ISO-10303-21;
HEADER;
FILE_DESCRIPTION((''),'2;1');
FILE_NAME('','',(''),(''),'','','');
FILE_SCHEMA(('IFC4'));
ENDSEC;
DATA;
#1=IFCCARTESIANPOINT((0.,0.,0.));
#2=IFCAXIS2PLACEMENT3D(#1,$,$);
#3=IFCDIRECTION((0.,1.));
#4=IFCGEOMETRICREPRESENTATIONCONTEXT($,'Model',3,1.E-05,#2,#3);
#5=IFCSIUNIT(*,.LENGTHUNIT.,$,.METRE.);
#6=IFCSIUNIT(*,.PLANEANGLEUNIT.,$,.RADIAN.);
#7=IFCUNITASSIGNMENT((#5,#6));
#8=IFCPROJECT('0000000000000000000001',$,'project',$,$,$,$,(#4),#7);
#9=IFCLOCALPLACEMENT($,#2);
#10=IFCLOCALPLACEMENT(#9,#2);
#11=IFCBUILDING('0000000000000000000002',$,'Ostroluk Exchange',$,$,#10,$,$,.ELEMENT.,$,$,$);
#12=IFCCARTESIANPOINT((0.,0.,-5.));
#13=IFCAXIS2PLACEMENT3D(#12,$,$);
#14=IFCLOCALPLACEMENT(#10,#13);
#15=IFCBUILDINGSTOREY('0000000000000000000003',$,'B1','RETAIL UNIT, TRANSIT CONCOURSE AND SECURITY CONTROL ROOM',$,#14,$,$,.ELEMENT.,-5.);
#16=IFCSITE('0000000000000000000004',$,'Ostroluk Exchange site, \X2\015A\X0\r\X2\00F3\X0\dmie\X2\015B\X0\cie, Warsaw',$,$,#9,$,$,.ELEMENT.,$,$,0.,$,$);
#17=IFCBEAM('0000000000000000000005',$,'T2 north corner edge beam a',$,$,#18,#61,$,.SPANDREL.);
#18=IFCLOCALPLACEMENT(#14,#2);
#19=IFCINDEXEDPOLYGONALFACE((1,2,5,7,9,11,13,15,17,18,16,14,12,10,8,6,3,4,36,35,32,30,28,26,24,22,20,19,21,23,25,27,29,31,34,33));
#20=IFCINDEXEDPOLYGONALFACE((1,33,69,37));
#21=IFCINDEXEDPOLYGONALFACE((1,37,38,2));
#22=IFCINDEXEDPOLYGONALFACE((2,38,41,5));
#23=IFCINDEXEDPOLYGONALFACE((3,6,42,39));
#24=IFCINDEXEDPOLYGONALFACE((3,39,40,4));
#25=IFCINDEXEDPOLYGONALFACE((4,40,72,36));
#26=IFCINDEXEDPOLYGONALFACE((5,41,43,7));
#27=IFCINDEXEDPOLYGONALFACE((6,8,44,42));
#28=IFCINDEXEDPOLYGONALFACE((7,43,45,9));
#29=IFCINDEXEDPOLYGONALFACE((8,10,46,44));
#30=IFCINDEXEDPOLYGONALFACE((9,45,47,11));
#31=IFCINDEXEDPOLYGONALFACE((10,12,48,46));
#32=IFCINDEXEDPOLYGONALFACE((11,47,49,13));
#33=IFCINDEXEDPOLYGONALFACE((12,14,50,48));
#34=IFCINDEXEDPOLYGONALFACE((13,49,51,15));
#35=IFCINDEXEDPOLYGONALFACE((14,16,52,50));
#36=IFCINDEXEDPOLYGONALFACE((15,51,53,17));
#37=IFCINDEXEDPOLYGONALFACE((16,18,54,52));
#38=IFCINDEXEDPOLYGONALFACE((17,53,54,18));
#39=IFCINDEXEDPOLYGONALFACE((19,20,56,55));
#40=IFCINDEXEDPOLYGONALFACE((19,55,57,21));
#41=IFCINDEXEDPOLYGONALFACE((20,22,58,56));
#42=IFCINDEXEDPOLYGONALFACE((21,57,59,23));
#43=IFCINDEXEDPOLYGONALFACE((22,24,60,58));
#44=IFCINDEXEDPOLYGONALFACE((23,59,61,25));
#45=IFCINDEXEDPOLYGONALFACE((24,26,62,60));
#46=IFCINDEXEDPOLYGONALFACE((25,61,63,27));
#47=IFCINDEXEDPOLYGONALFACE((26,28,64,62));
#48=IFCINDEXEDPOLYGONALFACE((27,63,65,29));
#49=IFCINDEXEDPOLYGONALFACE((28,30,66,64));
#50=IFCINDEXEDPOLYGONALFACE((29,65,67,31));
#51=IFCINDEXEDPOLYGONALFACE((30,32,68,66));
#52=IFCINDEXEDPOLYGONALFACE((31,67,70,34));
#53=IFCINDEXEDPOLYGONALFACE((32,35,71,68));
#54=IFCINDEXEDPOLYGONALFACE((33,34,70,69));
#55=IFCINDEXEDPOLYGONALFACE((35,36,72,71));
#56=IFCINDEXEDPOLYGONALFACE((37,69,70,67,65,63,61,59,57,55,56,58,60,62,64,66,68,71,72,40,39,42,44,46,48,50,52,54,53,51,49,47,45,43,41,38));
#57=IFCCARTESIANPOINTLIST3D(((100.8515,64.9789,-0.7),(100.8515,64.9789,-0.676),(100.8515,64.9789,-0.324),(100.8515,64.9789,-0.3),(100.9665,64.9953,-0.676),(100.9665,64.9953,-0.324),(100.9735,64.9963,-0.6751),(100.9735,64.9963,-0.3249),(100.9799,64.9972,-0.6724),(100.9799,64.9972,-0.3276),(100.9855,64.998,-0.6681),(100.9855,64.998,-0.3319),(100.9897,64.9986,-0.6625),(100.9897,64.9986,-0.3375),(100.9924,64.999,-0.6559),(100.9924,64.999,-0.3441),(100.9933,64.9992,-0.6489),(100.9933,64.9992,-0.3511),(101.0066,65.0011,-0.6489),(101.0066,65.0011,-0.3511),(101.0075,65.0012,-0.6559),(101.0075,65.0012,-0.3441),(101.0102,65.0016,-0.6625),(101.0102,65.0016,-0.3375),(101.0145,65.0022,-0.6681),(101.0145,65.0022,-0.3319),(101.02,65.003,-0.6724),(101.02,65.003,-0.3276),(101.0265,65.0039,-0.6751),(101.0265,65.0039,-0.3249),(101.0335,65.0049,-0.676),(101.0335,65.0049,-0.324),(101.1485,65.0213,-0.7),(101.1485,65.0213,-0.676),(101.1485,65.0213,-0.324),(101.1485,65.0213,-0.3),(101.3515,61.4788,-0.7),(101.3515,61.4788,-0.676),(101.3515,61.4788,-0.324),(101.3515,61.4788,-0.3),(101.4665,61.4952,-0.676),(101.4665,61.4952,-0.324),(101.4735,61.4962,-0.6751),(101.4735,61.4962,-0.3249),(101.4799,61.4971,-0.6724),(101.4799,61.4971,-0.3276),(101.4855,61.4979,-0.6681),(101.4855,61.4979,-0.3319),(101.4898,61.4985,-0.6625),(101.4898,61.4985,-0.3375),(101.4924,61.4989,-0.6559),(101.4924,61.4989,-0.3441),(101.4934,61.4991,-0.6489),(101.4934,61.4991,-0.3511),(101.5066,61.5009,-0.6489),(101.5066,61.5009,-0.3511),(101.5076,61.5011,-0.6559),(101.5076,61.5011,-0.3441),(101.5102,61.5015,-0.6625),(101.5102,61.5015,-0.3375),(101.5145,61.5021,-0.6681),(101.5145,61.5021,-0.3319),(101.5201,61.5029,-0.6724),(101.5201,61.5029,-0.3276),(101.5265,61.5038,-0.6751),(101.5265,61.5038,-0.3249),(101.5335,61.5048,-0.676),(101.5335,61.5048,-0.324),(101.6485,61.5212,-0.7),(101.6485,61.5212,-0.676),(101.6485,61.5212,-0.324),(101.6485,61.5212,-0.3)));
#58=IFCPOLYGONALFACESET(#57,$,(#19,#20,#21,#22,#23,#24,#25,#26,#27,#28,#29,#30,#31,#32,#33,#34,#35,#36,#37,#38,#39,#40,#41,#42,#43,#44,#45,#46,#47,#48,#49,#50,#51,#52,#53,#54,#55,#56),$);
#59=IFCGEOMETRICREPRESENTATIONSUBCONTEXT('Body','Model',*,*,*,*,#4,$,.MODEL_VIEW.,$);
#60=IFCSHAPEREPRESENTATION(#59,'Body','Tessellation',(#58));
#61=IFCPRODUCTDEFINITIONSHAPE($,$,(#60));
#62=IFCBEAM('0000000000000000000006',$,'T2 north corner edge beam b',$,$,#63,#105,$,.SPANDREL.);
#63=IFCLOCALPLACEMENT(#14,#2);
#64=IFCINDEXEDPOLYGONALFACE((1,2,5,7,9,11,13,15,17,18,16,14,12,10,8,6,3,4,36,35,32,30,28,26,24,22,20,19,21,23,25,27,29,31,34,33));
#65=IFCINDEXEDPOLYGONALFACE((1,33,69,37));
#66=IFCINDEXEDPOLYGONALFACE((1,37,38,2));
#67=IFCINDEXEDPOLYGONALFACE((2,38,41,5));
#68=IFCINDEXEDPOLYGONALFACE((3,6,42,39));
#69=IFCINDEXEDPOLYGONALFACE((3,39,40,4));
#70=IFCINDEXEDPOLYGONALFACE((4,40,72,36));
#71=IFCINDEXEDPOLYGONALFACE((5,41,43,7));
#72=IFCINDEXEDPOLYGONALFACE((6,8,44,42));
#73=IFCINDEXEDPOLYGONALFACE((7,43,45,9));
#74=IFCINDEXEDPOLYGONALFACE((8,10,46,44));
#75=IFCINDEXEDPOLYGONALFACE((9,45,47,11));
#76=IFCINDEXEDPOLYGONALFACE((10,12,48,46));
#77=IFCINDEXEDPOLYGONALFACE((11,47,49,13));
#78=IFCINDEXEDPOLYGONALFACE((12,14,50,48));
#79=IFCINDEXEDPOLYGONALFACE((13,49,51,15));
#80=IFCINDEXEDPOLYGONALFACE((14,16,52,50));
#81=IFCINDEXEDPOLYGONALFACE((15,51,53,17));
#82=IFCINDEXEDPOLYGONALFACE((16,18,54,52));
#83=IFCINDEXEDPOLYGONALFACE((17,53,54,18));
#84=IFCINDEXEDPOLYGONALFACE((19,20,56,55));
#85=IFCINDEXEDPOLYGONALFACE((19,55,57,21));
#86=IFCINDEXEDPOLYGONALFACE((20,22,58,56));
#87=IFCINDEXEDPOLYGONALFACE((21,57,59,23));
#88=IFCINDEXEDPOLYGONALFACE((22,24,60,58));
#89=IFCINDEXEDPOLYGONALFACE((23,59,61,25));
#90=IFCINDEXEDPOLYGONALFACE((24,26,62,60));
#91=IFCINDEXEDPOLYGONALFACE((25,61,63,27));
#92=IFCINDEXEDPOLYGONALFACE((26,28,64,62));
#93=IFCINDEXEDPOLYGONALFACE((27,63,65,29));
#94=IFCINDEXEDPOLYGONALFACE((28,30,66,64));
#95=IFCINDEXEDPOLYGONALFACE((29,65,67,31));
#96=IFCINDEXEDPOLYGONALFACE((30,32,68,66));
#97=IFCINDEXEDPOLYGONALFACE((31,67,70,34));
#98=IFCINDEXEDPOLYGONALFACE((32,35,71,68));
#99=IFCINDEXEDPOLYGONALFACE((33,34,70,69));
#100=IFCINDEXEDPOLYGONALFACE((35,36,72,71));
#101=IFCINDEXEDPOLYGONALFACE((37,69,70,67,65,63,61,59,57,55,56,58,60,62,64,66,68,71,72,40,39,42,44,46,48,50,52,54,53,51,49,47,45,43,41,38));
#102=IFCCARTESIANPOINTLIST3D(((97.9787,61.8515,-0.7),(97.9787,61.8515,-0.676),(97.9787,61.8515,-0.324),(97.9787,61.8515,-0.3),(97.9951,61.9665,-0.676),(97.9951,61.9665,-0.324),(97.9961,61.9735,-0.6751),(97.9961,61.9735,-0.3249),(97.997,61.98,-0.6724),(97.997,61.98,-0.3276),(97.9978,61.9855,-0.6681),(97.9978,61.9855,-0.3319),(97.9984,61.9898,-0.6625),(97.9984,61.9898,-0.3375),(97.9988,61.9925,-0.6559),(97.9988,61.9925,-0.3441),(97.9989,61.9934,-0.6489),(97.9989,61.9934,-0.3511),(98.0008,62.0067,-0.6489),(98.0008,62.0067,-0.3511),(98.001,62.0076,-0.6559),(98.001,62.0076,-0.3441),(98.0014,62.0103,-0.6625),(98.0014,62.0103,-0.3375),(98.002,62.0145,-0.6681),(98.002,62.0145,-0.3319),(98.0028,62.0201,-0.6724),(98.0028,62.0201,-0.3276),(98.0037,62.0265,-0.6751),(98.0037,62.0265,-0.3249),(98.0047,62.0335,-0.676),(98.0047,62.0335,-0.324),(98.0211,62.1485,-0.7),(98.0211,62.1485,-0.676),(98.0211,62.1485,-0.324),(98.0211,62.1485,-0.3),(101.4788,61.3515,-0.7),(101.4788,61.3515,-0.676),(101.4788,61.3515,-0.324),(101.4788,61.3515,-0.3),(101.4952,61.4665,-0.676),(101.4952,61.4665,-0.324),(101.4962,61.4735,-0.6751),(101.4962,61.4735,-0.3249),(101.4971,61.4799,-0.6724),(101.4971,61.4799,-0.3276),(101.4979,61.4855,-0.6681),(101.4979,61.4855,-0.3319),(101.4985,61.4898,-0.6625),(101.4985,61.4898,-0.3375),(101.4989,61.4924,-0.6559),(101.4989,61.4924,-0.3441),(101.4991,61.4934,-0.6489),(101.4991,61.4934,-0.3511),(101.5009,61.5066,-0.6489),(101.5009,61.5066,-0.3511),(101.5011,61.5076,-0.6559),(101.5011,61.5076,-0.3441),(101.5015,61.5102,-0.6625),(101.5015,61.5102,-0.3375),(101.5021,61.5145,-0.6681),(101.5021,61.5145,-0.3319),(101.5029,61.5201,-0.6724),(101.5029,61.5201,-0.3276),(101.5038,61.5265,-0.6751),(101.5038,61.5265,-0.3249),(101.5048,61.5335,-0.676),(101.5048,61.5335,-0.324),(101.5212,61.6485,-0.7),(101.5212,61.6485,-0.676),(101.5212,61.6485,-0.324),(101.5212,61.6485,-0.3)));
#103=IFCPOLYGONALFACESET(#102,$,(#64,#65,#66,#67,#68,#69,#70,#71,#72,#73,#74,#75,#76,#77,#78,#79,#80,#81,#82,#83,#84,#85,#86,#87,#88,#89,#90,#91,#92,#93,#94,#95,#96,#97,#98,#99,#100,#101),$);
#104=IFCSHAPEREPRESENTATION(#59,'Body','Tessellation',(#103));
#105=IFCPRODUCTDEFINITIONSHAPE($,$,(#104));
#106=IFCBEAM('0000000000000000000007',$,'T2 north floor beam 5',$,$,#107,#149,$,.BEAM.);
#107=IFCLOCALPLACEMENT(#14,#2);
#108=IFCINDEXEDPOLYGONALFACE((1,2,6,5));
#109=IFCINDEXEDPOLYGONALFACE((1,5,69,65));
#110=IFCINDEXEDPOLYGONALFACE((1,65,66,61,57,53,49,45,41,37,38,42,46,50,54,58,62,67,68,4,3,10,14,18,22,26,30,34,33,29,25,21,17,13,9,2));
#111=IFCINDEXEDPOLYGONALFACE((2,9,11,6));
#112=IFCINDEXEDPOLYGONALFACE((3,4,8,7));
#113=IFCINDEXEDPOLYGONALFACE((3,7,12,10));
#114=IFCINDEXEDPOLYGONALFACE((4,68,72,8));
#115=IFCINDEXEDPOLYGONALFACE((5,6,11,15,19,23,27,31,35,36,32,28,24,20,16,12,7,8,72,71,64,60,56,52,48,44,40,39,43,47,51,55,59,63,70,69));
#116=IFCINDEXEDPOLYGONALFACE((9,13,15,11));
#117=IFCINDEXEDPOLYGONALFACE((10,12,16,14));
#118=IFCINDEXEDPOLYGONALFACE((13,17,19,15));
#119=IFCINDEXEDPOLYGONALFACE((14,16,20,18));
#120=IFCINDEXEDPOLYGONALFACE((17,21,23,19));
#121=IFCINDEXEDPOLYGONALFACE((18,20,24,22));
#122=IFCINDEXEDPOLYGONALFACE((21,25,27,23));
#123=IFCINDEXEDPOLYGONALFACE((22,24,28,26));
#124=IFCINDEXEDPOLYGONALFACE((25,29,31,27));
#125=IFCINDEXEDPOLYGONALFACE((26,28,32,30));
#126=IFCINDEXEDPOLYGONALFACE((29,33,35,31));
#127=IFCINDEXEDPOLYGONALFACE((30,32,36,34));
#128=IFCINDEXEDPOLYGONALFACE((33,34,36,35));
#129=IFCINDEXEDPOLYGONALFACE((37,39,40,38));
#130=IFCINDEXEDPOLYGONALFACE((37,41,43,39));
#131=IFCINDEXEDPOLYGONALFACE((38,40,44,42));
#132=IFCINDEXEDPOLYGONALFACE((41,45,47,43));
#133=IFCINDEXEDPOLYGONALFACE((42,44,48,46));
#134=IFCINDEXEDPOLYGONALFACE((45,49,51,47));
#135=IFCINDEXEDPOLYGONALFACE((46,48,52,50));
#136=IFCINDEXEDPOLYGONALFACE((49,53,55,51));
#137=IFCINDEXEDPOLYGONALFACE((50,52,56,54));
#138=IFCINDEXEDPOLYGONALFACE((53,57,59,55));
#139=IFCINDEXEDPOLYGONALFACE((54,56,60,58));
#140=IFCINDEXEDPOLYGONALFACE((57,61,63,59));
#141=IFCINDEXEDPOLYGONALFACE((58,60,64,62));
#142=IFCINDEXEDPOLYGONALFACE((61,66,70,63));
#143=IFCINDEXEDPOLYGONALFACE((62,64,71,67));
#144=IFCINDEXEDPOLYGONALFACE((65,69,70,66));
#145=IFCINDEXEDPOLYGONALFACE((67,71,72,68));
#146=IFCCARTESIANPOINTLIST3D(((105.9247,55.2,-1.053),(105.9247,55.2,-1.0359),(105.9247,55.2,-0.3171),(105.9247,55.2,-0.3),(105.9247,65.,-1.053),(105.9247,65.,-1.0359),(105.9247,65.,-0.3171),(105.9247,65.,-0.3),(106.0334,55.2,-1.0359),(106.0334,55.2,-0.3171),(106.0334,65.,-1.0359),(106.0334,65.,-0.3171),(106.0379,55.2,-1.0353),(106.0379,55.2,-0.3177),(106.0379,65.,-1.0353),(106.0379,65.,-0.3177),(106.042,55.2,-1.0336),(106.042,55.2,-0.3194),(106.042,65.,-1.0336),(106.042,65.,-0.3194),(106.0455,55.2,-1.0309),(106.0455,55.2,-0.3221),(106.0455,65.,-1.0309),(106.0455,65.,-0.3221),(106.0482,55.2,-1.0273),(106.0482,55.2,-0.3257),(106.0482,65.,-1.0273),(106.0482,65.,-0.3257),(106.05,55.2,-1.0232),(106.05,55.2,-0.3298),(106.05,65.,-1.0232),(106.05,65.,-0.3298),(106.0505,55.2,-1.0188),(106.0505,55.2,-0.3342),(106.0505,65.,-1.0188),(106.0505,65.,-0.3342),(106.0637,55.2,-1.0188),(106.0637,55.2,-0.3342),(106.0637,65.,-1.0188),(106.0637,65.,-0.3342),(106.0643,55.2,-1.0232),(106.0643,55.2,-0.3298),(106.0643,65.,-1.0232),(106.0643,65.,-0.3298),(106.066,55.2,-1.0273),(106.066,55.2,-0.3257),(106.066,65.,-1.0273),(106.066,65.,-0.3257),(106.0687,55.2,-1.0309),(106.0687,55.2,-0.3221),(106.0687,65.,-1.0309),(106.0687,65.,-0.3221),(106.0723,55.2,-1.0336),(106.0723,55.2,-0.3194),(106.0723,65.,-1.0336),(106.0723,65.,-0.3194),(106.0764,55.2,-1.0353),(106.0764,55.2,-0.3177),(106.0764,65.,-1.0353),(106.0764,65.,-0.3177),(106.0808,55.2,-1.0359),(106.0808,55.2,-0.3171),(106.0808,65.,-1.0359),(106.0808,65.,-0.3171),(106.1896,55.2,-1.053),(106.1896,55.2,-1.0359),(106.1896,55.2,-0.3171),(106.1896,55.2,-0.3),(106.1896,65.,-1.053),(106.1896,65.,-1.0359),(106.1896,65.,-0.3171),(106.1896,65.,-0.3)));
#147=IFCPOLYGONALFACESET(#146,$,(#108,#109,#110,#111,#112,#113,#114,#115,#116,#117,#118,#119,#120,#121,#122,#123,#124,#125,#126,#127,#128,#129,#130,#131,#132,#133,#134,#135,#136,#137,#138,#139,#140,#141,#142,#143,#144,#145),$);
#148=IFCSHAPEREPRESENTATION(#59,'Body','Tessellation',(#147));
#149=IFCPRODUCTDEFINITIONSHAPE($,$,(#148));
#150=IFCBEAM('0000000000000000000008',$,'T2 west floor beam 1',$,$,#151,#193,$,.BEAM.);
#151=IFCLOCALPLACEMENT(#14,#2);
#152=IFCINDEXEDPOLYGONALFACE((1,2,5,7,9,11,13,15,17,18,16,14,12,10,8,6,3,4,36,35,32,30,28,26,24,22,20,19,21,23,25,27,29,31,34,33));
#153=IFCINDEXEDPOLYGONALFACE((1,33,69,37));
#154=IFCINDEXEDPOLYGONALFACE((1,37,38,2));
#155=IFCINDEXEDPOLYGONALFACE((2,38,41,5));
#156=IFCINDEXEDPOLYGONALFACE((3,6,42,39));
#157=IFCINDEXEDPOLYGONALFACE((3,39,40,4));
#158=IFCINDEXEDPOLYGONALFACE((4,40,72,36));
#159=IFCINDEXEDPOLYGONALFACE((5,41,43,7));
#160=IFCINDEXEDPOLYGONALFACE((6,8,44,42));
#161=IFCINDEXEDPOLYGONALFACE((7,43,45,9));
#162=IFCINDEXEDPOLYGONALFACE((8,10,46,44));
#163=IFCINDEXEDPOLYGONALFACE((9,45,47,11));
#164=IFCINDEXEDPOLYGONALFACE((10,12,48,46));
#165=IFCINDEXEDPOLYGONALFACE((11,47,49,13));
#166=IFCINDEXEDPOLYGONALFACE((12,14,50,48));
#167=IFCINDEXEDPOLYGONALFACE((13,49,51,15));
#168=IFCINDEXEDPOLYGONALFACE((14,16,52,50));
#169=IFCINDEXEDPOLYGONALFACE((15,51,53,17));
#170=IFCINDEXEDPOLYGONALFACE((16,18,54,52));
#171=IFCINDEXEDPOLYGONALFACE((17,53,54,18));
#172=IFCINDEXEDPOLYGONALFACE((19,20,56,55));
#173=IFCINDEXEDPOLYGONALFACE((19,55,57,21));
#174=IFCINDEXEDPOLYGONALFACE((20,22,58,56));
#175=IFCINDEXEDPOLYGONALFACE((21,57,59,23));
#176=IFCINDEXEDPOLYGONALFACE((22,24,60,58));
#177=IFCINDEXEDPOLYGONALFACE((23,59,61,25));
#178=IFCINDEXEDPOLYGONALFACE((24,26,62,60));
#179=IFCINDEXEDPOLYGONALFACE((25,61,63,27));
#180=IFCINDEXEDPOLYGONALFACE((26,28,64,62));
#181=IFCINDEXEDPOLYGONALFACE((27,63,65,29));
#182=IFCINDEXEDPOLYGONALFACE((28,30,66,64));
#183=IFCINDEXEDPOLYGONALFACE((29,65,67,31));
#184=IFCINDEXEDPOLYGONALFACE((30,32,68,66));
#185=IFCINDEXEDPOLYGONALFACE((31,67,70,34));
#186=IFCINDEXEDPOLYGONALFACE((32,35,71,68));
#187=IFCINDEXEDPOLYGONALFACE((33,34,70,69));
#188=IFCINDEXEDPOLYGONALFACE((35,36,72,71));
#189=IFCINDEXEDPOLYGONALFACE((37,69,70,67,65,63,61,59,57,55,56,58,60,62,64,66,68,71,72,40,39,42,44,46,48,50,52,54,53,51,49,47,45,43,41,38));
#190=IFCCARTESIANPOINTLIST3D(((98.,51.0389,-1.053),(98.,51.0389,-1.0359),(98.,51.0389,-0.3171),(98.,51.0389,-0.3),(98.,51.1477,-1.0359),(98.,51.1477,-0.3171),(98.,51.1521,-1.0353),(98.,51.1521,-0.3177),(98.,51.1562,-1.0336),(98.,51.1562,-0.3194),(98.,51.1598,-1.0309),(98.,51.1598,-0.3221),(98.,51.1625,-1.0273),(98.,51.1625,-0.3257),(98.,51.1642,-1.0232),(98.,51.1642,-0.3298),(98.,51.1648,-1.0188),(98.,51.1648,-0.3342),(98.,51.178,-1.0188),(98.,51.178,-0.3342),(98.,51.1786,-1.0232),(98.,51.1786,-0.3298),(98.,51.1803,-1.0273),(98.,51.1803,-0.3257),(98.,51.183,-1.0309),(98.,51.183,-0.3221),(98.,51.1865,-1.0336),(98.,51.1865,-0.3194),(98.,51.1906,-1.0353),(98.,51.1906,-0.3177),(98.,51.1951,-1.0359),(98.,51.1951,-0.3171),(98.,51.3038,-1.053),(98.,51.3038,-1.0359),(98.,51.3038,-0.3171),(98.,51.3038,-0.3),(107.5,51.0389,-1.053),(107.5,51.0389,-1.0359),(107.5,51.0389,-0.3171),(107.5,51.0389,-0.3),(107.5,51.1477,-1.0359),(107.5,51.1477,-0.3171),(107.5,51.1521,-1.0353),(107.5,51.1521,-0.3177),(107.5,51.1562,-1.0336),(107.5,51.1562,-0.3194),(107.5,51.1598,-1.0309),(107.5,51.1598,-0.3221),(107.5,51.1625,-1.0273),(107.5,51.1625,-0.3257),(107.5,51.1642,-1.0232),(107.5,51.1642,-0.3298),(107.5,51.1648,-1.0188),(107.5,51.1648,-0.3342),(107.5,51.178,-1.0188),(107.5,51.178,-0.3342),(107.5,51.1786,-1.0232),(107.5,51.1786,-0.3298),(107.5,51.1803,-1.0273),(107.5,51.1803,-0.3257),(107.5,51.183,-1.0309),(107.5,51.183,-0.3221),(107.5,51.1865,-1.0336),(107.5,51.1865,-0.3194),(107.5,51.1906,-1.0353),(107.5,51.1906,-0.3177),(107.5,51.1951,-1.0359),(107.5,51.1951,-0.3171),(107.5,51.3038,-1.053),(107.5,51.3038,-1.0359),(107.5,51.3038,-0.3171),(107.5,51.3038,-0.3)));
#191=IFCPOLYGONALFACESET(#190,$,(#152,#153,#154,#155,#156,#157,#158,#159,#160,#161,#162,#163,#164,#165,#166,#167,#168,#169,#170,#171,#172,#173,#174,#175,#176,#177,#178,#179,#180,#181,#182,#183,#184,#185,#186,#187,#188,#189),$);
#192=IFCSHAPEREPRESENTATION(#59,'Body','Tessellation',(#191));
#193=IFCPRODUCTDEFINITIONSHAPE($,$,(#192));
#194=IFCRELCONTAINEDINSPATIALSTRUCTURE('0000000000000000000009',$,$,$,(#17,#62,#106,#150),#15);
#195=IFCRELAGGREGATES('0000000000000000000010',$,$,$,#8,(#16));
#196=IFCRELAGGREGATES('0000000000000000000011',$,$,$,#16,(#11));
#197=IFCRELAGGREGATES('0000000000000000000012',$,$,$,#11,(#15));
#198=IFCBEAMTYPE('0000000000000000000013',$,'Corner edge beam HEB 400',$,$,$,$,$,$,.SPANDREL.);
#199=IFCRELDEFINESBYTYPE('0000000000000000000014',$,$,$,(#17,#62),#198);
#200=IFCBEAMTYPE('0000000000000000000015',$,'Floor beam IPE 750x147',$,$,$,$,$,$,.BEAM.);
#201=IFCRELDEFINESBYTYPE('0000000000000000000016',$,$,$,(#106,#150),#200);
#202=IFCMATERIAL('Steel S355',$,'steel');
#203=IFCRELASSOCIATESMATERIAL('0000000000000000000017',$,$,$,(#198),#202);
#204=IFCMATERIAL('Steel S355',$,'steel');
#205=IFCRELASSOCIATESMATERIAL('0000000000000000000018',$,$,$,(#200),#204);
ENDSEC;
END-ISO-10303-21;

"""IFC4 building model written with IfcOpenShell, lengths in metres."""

from ifc_helpers import new_model, si_unit, direction, frame, origin, origin_2d, place, context, subcontext, project, spatial, i_section, extrude, material, material_profile, profile_set, type_object, element, save


model = new_model("IFC4")

# Units and contexts
model_context = context("Model", 3, precision=1e-05, world=origin(), true_north=direction((0.0, 1.0)))
body_context = subcontext(model_context, "Body", "Model", "MODEL_VIEW")
ifc_project = project(units=[si_unit("LENGTHUNIT", "METRE"), si_unit("PLANEANGLEUNIT", "RADIAN")], contexts=[model_context])

# Site, building, storey
site_placement = place(None, origin())
site = spatial("IfcSite", under=ifc_project, at=site_placement, Name="Ostroluk Exchange site, Śródmieście, Warsaw", CompositionType="ELEMENT", RefElevation=0.0)
building_placement = place(site_placement, origin())
building = spatial("IfcBuilding", under=site, at=building_placement, Name="Ostroluk Exchange", CompositionType="ELEMENT")
storey_placement = place(building_placement, frame((0.0, 0.0, -5.0)))
storey = spatial("IfcBuildingStorey", under=building, at=storey_placement, Name="B1", Description="RETAIL UNIT, TRANSIT CONCOURSE AND SECURITY CONTROL ROOM", CompositionType="ELEMENT", Elevation=-5.0)

# Beams
ifc_material_1 = material(Name="Steel S355", Category="steel")
ifc_material_profile_1 = material_profile(ifc_material_1, i_section(OverallWidth=0.3, OverallDepth=0.3999, WebThickness=0.0134, FlangeThickness=0.0239, FilletRadius=0.0271, at=origin_2d()), Name="HEB 400")
ifc_profile_set_1 = profile_set([ifc_material_profile_1], Name="Steel S355")
beam_type_1 = type_object("IfcBeamType", Name="Corner edge beam HEB 400", PredefinedType="SPANDREL", material=ifc_profile_set_1)
for number, where, z_axis, x_axis, name in (
    (1, (101.5, 61.5, -0.5), (-0.141421, 0.989949, 0.0), (-0.989949, -0.141421, 0.0), "T2 north corner edge beam a"),
    (2, (101.5, 61.5, -0.5), (-0.989949, 0.141421, 0.0), (-0.141421, -0.989949, 0.0), "T2 north corner edge beam b"),
):
    element("IfcBeam", number, at=place(storey_placement, frame(where, z_axis=z_axis, x_axis=x_axis)), inside=storey, type_object=beam_type_1, Name=name, PredefinedType="SPANDREL", context=body_context, shape_type="SweptSolid", body=[
        extrude(i_section(OverallWidth=0.3, OverallDepth=0.3999, WebThickness=0.0134, FlangeThickness=0.0239, FilletRadius=0.0271, at=origin_2d()), origin(), (0.0, 0.0, 1.0), 3.5356),
    ])
ifc_material_2 = material(Name="Steel S355", Category="steel")
ifc_material_profile_2 = material_profile(ifc_material_2, i_section(OverallWidth=0.2649, OverallDepth=0.7529, WebThickness=0.0132, FlangeThickness=0.0171, FilletRadius=0.0171, at=origin_2d()), Name="IPE 750x147")
ifc_profile_set_2 = profile_set([ifc_material_profile_2], Name="Steel S355")
beam_type_2 = type_object("IfcBeamType", Name="Floor beam IPE 750x147", PredefinedType="BEAM", material=ifc_profile_set_2)
beam_1_placement = place(storey_placement, frame((106.0571, 55.2, -0.6765), z_axis=(0.0, 1.0, 0.0), x_axis=(-1.0, 0.0, 0.0)))
element("IfcBeam", 3, at=beam_1_placement, inside=storey, type_object=beam_type_2, Name="T2 north floor beam 5", PredefinedType="BEAM", context=body_context, shape_type="SweptSolid", body=[
    extrude(i_section(OverallWidth=0.2649, OverallDepth=0.7529, WebThickness=0.0132, FlangeThickness=0.0171, FilletRadius=0.0171, at=origin_2d()), origin(), (0.0, 0.0, 1.0), 9.8),
])
for number, where, z_axis, x_axis, name in (
    (4, (107.5, 51.1714, -0.6765), (-1.0, 0.0, 0.0), (0.0, -1.0, 0.0), "T2 west floor beam 1"),
):
    element("IfcBeam", number, at=place(storey_placement, frame(where, z_axis=z_axis, x_axis=x_axis)), inside=storey, type_object=beam_type_2, Name=name, PredefinedType="BEAM", context=body_context, shape_type="SweptSolid", body=[
        extrude(i_section(OverallWidth=0.2649, OverallDepth=0.7529, WebThickness=0.0132, FlangeThickness=0.0171, FilletRadius=0.0171, at=origin_2d()), origin(), (0.0, 0.0, 1.0), 9.5),
    ])

save(model, "model.ifc")
